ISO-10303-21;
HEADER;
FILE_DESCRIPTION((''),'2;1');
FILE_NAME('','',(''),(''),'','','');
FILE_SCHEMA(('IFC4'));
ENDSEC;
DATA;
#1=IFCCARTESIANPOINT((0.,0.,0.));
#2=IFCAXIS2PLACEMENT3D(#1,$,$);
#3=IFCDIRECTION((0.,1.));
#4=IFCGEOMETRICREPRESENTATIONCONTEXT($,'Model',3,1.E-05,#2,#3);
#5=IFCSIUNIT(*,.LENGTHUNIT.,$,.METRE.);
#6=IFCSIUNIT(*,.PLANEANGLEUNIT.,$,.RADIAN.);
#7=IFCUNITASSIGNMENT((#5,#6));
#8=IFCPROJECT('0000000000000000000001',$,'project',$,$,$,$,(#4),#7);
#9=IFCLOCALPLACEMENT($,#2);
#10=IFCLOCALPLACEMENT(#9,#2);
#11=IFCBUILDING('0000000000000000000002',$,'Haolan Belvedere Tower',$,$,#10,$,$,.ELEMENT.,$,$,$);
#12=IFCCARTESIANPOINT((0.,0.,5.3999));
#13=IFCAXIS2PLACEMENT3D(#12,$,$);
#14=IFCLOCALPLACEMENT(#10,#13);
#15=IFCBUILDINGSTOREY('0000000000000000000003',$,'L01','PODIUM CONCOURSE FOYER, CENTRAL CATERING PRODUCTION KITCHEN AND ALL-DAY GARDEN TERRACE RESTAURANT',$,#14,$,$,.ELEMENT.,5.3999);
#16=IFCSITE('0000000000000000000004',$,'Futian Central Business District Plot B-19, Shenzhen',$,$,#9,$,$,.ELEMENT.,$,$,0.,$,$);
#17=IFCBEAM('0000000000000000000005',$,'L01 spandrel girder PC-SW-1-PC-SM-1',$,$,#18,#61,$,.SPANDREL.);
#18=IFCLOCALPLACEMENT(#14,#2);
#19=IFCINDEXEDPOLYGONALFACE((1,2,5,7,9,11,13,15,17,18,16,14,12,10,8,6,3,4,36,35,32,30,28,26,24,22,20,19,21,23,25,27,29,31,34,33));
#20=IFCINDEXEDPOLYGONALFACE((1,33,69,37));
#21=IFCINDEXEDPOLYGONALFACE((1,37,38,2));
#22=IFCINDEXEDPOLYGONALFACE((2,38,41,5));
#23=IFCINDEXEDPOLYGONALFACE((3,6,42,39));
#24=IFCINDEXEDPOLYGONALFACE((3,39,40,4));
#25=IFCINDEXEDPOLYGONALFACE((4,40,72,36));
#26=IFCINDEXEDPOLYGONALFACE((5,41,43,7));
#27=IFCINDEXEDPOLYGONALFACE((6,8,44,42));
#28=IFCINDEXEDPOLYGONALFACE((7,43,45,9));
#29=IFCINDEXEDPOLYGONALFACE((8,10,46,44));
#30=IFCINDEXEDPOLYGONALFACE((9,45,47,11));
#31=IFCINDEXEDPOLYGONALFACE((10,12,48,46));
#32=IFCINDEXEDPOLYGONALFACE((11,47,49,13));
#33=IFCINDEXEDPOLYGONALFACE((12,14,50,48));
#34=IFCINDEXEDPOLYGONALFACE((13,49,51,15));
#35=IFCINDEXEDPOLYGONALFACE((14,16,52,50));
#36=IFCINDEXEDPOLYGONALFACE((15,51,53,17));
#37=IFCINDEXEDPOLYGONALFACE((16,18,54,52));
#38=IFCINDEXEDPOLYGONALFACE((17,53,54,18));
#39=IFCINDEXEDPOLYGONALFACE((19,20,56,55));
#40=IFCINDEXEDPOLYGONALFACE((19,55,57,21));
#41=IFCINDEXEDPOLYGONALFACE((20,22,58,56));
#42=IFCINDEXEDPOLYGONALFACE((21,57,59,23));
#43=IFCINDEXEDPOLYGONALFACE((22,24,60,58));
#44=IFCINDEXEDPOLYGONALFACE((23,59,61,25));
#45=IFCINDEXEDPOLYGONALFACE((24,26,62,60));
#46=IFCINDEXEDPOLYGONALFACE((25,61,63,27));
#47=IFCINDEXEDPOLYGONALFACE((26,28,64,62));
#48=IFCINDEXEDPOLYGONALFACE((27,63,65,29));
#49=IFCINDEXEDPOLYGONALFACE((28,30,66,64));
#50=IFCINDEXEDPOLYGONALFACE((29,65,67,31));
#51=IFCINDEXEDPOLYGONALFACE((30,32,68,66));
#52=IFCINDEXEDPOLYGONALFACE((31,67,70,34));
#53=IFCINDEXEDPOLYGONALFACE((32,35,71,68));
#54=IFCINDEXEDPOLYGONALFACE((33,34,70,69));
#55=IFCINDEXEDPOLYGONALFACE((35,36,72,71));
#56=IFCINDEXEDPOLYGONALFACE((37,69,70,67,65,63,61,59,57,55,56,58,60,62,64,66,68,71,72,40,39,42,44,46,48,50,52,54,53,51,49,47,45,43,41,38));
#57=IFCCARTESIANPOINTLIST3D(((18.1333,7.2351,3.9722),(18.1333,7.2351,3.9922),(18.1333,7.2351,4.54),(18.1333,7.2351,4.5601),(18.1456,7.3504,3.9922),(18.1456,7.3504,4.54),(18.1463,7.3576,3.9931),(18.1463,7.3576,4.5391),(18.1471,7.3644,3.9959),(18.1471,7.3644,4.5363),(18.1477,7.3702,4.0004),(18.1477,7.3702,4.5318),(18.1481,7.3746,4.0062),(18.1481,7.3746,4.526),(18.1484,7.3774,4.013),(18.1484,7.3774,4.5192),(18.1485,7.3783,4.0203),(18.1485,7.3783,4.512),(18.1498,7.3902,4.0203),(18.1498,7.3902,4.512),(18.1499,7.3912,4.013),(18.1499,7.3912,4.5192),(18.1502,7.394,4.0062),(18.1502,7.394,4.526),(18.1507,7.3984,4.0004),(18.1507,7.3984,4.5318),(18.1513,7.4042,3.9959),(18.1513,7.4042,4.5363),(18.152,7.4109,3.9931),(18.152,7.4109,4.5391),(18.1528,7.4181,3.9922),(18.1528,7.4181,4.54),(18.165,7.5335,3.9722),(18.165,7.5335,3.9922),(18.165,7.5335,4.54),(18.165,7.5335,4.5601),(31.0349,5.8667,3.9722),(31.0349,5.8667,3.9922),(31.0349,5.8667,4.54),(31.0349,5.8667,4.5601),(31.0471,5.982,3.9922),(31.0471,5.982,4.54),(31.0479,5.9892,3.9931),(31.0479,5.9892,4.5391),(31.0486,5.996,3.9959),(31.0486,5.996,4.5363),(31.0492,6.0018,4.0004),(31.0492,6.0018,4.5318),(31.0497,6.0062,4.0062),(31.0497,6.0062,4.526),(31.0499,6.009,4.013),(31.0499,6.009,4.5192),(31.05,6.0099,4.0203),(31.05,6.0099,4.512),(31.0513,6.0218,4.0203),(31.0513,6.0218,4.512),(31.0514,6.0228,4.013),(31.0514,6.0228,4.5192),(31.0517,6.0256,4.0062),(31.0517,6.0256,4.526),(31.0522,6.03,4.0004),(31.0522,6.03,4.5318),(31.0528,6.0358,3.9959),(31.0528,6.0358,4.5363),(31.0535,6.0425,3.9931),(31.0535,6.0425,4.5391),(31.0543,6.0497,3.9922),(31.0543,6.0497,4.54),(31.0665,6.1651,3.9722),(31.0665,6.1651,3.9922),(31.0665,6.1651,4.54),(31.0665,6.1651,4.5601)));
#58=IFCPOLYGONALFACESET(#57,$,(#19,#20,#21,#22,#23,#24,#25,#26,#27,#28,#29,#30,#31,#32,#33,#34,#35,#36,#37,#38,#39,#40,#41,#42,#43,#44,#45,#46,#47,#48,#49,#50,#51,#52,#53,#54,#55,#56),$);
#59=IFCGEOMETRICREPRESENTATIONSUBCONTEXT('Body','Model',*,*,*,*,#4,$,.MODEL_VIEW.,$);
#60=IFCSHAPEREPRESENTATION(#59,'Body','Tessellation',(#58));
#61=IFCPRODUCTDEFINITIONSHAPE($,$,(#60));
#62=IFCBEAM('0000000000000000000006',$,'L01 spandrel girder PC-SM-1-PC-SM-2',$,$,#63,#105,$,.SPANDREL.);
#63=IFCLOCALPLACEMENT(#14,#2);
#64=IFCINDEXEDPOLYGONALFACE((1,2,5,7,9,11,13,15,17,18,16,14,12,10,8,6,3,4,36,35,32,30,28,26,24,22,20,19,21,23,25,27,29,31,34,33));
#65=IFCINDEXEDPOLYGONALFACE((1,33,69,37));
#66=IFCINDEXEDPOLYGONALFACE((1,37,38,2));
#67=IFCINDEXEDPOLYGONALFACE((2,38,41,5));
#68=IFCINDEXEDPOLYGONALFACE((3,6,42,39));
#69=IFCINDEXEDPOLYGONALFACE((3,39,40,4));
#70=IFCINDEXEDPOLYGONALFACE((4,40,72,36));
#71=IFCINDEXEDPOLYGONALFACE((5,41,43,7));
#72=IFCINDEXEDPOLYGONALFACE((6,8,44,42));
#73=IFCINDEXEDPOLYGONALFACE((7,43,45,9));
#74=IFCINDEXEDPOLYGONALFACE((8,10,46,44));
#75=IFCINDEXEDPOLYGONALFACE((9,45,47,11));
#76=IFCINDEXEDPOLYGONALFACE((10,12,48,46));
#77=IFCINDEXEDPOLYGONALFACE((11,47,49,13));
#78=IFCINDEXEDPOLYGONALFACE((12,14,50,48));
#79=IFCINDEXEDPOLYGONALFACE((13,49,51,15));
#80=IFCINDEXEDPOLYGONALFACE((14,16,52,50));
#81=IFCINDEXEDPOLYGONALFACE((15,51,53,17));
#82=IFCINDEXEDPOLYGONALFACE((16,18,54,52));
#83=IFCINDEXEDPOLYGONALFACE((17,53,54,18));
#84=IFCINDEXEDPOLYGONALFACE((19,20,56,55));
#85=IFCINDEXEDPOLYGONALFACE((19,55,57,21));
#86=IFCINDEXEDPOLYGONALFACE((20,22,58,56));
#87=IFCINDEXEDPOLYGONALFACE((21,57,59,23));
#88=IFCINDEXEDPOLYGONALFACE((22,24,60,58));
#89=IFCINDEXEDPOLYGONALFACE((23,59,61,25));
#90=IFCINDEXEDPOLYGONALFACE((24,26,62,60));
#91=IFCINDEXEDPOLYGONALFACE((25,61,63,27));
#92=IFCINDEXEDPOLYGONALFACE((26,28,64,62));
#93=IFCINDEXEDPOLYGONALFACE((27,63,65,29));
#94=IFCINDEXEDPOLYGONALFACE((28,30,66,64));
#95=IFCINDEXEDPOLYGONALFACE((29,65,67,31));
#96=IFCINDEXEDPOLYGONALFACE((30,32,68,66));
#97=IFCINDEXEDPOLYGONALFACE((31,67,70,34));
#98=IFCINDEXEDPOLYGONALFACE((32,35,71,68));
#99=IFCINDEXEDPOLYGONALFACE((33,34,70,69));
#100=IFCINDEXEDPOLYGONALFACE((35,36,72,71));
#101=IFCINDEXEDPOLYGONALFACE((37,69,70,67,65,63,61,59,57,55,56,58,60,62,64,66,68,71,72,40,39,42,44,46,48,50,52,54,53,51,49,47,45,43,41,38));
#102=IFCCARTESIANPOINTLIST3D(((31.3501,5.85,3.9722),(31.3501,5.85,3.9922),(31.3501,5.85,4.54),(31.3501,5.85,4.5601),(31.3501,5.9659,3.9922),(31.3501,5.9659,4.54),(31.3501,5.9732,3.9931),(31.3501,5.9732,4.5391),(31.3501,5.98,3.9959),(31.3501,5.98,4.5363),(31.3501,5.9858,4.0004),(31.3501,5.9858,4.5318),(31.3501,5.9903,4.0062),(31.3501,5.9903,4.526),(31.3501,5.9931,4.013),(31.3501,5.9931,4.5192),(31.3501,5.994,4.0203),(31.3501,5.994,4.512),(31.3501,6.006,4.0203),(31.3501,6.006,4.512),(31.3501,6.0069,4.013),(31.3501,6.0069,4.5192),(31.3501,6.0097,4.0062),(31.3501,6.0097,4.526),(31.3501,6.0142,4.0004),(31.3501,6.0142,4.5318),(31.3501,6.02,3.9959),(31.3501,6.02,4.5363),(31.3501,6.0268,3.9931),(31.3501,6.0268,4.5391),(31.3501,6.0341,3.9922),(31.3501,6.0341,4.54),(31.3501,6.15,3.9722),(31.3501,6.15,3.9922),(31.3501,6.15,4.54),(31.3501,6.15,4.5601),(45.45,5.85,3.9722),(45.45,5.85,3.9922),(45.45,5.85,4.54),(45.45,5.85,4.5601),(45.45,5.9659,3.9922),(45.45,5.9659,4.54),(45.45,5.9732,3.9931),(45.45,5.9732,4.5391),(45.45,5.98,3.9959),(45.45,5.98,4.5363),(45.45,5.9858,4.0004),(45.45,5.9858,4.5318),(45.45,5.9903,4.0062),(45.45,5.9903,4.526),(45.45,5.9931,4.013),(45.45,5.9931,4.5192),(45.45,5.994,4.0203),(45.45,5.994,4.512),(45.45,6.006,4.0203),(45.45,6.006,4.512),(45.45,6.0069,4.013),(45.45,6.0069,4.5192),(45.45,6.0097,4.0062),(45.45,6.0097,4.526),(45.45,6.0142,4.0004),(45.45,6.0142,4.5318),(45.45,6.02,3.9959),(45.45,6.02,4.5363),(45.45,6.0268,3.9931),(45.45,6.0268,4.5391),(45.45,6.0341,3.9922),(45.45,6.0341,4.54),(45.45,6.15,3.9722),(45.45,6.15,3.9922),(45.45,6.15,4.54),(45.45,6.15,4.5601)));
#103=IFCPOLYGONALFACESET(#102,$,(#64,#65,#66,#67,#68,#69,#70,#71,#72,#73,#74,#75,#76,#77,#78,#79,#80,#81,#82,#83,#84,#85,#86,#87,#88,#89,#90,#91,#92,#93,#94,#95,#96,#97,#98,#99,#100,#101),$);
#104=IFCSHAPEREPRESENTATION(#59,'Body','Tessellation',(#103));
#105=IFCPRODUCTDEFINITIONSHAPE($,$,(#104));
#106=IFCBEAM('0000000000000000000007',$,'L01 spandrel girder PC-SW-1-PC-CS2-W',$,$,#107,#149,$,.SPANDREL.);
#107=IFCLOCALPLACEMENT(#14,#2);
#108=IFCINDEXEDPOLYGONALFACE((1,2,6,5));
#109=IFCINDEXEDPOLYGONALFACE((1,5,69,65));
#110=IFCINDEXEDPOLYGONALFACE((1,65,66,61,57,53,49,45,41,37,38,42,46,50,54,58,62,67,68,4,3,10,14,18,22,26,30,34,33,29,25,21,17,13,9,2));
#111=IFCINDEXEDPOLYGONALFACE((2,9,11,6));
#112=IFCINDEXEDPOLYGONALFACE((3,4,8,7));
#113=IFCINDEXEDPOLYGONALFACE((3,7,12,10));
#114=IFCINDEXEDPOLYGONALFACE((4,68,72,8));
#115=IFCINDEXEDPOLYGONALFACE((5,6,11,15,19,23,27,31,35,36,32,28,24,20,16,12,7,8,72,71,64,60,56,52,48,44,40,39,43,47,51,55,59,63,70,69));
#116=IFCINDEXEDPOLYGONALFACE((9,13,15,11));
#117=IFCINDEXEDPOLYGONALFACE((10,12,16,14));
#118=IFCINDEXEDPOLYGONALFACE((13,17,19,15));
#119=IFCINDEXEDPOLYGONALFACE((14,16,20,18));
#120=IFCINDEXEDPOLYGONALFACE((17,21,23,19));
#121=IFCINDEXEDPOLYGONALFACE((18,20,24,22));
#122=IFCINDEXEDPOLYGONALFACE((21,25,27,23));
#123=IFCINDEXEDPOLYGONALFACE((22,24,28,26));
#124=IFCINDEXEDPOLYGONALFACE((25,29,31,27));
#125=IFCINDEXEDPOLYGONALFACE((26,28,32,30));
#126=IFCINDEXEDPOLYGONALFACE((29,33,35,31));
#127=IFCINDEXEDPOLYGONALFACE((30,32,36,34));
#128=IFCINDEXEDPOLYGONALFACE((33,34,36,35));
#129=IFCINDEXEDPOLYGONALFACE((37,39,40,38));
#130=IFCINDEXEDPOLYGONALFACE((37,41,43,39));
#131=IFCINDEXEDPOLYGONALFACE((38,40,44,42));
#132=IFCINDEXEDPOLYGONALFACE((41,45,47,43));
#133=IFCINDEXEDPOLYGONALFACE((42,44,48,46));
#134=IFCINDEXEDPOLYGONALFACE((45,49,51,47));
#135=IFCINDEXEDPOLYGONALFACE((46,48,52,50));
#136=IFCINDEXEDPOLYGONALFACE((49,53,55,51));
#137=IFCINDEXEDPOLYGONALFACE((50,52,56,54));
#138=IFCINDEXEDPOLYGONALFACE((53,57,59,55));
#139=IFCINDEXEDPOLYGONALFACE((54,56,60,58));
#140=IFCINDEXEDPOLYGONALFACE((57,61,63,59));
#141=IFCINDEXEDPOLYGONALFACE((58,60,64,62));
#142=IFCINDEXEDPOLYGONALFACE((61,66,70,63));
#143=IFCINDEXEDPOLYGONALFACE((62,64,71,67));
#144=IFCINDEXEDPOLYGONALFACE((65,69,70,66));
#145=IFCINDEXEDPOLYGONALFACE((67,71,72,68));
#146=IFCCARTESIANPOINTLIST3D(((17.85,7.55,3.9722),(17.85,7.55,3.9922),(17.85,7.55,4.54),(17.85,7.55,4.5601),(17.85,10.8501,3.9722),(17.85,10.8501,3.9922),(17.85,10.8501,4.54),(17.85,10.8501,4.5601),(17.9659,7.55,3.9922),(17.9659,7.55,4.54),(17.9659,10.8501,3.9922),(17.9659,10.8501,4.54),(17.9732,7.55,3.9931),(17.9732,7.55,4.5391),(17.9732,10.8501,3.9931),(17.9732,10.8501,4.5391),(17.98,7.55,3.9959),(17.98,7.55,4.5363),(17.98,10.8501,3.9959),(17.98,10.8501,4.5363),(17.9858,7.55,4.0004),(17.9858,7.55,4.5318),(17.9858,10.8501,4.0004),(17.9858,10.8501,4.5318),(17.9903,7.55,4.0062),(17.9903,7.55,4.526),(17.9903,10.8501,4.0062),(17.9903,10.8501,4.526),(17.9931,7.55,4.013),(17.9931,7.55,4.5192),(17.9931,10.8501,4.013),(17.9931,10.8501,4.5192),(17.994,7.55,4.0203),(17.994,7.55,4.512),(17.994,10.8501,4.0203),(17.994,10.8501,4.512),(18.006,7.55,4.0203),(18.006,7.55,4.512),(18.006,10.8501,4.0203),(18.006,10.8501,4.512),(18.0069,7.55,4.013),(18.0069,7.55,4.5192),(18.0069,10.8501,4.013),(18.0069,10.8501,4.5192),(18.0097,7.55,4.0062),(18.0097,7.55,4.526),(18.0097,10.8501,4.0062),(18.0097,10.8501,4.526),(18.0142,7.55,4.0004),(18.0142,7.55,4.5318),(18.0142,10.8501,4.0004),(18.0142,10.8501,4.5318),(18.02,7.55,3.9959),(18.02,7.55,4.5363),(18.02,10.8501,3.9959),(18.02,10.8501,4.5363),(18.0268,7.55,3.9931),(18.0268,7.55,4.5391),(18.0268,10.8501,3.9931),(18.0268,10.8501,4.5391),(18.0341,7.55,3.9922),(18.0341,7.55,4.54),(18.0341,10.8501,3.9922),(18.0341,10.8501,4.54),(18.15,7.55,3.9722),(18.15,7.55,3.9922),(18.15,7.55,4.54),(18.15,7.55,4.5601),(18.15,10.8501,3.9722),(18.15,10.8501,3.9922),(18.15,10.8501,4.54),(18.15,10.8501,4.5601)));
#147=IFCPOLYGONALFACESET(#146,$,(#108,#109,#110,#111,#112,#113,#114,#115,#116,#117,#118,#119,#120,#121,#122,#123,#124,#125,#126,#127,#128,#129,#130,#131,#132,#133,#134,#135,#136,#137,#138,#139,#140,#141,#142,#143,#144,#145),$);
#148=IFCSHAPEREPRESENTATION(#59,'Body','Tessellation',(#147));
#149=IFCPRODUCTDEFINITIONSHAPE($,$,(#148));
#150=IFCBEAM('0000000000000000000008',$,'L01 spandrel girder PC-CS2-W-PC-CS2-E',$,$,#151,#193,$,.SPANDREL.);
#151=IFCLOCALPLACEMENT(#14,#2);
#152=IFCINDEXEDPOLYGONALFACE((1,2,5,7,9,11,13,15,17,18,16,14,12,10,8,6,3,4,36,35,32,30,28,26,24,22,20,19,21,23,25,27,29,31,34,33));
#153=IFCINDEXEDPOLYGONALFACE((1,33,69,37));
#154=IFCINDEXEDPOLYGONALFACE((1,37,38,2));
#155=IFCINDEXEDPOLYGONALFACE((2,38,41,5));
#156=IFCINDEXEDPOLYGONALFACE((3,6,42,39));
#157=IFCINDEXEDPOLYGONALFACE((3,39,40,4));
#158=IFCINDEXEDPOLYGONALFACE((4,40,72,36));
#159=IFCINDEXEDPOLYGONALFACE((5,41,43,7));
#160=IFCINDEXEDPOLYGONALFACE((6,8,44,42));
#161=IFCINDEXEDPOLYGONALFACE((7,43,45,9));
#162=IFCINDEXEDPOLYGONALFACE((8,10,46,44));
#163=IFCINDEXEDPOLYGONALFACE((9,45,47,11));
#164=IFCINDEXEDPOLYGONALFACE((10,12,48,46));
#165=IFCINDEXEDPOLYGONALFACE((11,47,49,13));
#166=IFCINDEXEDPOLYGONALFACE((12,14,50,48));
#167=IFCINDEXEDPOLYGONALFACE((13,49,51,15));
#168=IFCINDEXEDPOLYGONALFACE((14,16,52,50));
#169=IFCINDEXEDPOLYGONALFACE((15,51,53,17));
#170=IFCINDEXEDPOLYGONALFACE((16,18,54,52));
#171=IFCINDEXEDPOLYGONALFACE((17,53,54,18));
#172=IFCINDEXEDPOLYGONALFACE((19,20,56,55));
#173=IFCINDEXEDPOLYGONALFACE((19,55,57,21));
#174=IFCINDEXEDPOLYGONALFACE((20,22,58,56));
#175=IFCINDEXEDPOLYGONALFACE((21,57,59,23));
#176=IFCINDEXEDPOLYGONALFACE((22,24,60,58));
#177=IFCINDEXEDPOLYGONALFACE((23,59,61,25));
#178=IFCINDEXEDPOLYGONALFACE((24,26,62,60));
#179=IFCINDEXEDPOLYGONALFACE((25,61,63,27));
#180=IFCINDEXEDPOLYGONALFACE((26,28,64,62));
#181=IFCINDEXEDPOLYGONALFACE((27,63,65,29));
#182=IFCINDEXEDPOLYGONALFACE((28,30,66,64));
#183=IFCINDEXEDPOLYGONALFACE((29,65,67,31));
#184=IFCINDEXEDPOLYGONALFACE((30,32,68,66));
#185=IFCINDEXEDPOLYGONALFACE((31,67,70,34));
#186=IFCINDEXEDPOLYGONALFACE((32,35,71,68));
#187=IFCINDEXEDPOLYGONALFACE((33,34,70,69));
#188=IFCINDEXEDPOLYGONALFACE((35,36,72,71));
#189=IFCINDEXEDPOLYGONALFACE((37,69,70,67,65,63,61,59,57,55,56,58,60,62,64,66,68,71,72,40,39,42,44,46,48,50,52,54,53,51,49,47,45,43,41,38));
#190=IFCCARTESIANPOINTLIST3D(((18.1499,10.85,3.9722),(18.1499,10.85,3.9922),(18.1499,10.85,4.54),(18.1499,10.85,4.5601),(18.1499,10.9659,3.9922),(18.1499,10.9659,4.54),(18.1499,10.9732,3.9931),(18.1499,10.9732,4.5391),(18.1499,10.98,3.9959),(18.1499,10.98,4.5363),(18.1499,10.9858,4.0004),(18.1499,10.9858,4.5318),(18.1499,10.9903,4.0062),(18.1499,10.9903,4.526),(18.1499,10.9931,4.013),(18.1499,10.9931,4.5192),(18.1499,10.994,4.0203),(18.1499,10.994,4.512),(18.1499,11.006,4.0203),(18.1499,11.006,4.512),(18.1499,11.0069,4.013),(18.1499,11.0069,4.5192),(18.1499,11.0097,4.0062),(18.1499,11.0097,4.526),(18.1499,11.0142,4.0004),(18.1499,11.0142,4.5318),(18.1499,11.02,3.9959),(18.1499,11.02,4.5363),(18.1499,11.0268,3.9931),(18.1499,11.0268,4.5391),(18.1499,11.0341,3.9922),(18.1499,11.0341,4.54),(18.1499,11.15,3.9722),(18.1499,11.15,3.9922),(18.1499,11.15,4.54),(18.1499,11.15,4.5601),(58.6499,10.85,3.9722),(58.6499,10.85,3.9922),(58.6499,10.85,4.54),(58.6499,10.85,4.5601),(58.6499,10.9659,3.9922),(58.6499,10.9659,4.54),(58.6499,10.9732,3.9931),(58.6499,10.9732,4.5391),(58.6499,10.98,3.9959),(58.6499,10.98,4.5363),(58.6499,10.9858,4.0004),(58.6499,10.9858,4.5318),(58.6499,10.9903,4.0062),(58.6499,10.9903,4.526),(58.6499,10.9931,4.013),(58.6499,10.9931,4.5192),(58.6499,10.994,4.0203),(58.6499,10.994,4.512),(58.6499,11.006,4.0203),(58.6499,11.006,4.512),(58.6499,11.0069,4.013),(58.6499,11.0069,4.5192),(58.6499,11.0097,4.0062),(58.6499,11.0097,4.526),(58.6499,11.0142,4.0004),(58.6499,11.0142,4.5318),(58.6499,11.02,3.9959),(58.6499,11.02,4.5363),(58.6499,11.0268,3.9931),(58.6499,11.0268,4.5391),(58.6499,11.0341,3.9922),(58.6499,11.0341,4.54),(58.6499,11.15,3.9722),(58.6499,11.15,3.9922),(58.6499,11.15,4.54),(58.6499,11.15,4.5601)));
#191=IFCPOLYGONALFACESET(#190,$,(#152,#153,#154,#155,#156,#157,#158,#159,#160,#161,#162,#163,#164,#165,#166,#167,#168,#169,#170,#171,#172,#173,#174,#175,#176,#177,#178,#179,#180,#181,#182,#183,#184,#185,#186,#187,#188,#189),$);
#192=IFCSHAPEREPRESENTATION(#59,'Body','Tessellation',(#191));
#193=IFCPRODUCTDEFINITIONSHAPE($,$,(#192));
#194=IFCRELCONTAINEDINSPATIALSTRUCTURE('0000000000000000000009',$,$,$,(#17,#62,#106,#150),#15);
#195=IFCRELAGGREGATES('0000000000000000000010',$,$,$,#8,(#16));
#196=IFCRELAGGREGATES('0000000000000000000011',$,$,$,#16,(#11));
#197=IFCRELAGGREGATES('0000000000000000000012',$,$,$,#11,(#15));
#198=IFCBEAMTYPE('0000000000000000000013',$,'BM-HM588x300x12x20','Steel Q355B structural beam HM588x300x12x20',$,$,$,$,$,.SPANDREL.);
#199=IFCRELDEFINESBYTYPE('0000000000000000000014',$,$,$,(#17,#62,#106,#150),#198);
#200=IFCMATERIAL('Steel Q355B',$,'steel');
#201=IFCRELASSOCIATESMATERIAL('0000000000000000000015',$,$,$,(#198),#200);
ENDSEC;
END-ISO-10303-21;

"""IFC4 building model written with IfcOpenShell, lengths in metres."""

from ifc_helpers import new_model, si_unit, direction, frame, origin, origin_2d, place, context, subcontext, project, spatial, i_section, extrude, material, material_profile, profile_set, type_object, element, save


model = new_model("IFC4")

# Units and contexts
model_context = context("Model", 3, precision=1e-05, world=origin(), true_north=direction((0.0, 1.0)))
body_context = subcontext(model_context, "Body", "Model", "MODEL_VIEW")
ifc_project = project(units=[si_unit("LENGTHUNIT", "METRE"), si_unit("PLANEANGLEUNIT", "RADIAN")], contexts=[model_context])

# Site, building, storey
site_placement = place(None, origin())
site = spatial("IfcSite", under=ifc_project, at=site_placement, Name="Futian Central Business District Plot B-19, Shenzhen", CompositionType="ELEMENT", RefElevation=0.0)
building_placement = place(site_placement, origin())
building = spatial("IfcBuilding", under=site, at=building_placement, Name="Haolan Belvedere Tower", CompositionType="ELEMENT")
storey_placement = place(building_placement, frame((0.0, 0.0, 5.3999)))
storey = spatial("IfcBuildingStorey", under=building, at=storey_placement, Name="L01", Description="PODIUM CONCOURSE FOYER, CENTRAL CATERING PRODUCTION KITCHEN AND ALL-DAY GARDEN TERRACE RESTAURANT", CompositionType="ELEMENT", Elevation=5.3999)

# Shared definitions
ifc_material_1 = material(Name="Steel Q355B", Category="steel")

# Beams
ifc_material_profile_1 = material_profile(ifc_material_1, i_section(OverallWidth=0.3, OverallDepth=0.5879, WebThickness=0.012, FlangeThickness=0.02, FilletRadius=0.0281, at=origin_2d()), Name="Steel Q355B")
ifc_profile_set_1 = profile_set([ifc_material_profile_1], Name="Steel Q355B")
beam_type_1 = type_object("IfcBeamType", Name="BM-HM588x300x12x20", Description="Steel Q355B structural beam HM588x300x12x20", PredefinedType="SPANDREL", material=ifc_profile_set_1)
beam_1_placement = place(storey_placement, frame((18.1492, 7.3843, 4.2661), z_axis=(0.994422, -0.105473, 0.0), x_axis=(0.105473, 0.994422, 0.0)))
element("IfcBeam", 1, at=beam_1_placement, inside=storey, type_object=beam_type_1, Name="L01 spandrel girder PC-SW-1-PC-SM-1", PredefinedType="SPANDREL", context=body_context, shape_type="SweptSolid", body=[
    extrude(i_section(OverallWidth=0.3, OverallDepth=0.5879, WebThickness=0.012, FlangeThickness=0.02, FilletRadius=0.0281, at=origin_2d()), origin(), (0.0, 0.0, 1.0), 12.9739),
])
beam_2_placement = place(storey_placement, frame((31.3501, 6.0, 4.2661), z_axis=(1.0, 0.0, 0.0), x_axis=(0.0, 1.0, 0.0)))
element("IfcBeam", 2, at=beam_2_placement, inside=storey, type_object=beam_type_1, Name="L01 spandrel girder PC-SM-1-PC-SM-2", PredefinedType="SPANDREL", context=body_context, shape_type="SweptSolid", body=[
    extrude(i_section(OverallWidth=0.3, OverallDepth=0.5879, WebThickness=0.012, FlangeThickness=0.02, FilletRadius=0.0281, at=origin_2d()), origin(), (0.0, 0.0, 1.0), 14.0999),
])
beam_3_placement = place(storey_placement, frame((18.0, 7.55, 4.2661), z_axis=(0.0, 1.0, 0.0), x_axis=(-1.0, 0.0, 0.0)))
element("IfcBeam", 3, at=beam_3_placement, inside=storey, type_object=beam_type_1, Name="L01 spandrel girder PC-SW-1-PC-CS2-W", PredefinedType="SPANDREL", context=body_context, shape_type="SweptSolid", body=[
    extrude(i_section(OverallWidth=0.3, OverallDepth=0.5879, WebThickness=0.012, FlangeThickness=0.02, FilletRadius=0.0281, at=origin_2d()), origin(), (0.0, 0.0, 1.0), 3.3),
])
beam_4_placement = place(storey_placement, frame((18.1499, 11.0, 4.2661), z_axis=(1.0, 0.0, 0.0), x_axis=(0.0, 1.0, 0.0)))
element("IfcBeam", 4, at=beam_4_placement, inside=storey, type_object=beam_type_1, Name="L01 spandrel girder PC-CS2-W-PC-CS2-E", PredefinedType="SPANDREL", context=body_context, shape_type="SweptSolid", body=[
    extrude(i_section(OverallWidth=0.3, OverallDepth=0.5879, WebThickness=0.012, FlangeThickness=0.02, FilletRadius=0.0281, at=origin_2d()), origin(), (0.0, 0.0, 1.0), 40.5),
])

save(model, "model.ifc")
